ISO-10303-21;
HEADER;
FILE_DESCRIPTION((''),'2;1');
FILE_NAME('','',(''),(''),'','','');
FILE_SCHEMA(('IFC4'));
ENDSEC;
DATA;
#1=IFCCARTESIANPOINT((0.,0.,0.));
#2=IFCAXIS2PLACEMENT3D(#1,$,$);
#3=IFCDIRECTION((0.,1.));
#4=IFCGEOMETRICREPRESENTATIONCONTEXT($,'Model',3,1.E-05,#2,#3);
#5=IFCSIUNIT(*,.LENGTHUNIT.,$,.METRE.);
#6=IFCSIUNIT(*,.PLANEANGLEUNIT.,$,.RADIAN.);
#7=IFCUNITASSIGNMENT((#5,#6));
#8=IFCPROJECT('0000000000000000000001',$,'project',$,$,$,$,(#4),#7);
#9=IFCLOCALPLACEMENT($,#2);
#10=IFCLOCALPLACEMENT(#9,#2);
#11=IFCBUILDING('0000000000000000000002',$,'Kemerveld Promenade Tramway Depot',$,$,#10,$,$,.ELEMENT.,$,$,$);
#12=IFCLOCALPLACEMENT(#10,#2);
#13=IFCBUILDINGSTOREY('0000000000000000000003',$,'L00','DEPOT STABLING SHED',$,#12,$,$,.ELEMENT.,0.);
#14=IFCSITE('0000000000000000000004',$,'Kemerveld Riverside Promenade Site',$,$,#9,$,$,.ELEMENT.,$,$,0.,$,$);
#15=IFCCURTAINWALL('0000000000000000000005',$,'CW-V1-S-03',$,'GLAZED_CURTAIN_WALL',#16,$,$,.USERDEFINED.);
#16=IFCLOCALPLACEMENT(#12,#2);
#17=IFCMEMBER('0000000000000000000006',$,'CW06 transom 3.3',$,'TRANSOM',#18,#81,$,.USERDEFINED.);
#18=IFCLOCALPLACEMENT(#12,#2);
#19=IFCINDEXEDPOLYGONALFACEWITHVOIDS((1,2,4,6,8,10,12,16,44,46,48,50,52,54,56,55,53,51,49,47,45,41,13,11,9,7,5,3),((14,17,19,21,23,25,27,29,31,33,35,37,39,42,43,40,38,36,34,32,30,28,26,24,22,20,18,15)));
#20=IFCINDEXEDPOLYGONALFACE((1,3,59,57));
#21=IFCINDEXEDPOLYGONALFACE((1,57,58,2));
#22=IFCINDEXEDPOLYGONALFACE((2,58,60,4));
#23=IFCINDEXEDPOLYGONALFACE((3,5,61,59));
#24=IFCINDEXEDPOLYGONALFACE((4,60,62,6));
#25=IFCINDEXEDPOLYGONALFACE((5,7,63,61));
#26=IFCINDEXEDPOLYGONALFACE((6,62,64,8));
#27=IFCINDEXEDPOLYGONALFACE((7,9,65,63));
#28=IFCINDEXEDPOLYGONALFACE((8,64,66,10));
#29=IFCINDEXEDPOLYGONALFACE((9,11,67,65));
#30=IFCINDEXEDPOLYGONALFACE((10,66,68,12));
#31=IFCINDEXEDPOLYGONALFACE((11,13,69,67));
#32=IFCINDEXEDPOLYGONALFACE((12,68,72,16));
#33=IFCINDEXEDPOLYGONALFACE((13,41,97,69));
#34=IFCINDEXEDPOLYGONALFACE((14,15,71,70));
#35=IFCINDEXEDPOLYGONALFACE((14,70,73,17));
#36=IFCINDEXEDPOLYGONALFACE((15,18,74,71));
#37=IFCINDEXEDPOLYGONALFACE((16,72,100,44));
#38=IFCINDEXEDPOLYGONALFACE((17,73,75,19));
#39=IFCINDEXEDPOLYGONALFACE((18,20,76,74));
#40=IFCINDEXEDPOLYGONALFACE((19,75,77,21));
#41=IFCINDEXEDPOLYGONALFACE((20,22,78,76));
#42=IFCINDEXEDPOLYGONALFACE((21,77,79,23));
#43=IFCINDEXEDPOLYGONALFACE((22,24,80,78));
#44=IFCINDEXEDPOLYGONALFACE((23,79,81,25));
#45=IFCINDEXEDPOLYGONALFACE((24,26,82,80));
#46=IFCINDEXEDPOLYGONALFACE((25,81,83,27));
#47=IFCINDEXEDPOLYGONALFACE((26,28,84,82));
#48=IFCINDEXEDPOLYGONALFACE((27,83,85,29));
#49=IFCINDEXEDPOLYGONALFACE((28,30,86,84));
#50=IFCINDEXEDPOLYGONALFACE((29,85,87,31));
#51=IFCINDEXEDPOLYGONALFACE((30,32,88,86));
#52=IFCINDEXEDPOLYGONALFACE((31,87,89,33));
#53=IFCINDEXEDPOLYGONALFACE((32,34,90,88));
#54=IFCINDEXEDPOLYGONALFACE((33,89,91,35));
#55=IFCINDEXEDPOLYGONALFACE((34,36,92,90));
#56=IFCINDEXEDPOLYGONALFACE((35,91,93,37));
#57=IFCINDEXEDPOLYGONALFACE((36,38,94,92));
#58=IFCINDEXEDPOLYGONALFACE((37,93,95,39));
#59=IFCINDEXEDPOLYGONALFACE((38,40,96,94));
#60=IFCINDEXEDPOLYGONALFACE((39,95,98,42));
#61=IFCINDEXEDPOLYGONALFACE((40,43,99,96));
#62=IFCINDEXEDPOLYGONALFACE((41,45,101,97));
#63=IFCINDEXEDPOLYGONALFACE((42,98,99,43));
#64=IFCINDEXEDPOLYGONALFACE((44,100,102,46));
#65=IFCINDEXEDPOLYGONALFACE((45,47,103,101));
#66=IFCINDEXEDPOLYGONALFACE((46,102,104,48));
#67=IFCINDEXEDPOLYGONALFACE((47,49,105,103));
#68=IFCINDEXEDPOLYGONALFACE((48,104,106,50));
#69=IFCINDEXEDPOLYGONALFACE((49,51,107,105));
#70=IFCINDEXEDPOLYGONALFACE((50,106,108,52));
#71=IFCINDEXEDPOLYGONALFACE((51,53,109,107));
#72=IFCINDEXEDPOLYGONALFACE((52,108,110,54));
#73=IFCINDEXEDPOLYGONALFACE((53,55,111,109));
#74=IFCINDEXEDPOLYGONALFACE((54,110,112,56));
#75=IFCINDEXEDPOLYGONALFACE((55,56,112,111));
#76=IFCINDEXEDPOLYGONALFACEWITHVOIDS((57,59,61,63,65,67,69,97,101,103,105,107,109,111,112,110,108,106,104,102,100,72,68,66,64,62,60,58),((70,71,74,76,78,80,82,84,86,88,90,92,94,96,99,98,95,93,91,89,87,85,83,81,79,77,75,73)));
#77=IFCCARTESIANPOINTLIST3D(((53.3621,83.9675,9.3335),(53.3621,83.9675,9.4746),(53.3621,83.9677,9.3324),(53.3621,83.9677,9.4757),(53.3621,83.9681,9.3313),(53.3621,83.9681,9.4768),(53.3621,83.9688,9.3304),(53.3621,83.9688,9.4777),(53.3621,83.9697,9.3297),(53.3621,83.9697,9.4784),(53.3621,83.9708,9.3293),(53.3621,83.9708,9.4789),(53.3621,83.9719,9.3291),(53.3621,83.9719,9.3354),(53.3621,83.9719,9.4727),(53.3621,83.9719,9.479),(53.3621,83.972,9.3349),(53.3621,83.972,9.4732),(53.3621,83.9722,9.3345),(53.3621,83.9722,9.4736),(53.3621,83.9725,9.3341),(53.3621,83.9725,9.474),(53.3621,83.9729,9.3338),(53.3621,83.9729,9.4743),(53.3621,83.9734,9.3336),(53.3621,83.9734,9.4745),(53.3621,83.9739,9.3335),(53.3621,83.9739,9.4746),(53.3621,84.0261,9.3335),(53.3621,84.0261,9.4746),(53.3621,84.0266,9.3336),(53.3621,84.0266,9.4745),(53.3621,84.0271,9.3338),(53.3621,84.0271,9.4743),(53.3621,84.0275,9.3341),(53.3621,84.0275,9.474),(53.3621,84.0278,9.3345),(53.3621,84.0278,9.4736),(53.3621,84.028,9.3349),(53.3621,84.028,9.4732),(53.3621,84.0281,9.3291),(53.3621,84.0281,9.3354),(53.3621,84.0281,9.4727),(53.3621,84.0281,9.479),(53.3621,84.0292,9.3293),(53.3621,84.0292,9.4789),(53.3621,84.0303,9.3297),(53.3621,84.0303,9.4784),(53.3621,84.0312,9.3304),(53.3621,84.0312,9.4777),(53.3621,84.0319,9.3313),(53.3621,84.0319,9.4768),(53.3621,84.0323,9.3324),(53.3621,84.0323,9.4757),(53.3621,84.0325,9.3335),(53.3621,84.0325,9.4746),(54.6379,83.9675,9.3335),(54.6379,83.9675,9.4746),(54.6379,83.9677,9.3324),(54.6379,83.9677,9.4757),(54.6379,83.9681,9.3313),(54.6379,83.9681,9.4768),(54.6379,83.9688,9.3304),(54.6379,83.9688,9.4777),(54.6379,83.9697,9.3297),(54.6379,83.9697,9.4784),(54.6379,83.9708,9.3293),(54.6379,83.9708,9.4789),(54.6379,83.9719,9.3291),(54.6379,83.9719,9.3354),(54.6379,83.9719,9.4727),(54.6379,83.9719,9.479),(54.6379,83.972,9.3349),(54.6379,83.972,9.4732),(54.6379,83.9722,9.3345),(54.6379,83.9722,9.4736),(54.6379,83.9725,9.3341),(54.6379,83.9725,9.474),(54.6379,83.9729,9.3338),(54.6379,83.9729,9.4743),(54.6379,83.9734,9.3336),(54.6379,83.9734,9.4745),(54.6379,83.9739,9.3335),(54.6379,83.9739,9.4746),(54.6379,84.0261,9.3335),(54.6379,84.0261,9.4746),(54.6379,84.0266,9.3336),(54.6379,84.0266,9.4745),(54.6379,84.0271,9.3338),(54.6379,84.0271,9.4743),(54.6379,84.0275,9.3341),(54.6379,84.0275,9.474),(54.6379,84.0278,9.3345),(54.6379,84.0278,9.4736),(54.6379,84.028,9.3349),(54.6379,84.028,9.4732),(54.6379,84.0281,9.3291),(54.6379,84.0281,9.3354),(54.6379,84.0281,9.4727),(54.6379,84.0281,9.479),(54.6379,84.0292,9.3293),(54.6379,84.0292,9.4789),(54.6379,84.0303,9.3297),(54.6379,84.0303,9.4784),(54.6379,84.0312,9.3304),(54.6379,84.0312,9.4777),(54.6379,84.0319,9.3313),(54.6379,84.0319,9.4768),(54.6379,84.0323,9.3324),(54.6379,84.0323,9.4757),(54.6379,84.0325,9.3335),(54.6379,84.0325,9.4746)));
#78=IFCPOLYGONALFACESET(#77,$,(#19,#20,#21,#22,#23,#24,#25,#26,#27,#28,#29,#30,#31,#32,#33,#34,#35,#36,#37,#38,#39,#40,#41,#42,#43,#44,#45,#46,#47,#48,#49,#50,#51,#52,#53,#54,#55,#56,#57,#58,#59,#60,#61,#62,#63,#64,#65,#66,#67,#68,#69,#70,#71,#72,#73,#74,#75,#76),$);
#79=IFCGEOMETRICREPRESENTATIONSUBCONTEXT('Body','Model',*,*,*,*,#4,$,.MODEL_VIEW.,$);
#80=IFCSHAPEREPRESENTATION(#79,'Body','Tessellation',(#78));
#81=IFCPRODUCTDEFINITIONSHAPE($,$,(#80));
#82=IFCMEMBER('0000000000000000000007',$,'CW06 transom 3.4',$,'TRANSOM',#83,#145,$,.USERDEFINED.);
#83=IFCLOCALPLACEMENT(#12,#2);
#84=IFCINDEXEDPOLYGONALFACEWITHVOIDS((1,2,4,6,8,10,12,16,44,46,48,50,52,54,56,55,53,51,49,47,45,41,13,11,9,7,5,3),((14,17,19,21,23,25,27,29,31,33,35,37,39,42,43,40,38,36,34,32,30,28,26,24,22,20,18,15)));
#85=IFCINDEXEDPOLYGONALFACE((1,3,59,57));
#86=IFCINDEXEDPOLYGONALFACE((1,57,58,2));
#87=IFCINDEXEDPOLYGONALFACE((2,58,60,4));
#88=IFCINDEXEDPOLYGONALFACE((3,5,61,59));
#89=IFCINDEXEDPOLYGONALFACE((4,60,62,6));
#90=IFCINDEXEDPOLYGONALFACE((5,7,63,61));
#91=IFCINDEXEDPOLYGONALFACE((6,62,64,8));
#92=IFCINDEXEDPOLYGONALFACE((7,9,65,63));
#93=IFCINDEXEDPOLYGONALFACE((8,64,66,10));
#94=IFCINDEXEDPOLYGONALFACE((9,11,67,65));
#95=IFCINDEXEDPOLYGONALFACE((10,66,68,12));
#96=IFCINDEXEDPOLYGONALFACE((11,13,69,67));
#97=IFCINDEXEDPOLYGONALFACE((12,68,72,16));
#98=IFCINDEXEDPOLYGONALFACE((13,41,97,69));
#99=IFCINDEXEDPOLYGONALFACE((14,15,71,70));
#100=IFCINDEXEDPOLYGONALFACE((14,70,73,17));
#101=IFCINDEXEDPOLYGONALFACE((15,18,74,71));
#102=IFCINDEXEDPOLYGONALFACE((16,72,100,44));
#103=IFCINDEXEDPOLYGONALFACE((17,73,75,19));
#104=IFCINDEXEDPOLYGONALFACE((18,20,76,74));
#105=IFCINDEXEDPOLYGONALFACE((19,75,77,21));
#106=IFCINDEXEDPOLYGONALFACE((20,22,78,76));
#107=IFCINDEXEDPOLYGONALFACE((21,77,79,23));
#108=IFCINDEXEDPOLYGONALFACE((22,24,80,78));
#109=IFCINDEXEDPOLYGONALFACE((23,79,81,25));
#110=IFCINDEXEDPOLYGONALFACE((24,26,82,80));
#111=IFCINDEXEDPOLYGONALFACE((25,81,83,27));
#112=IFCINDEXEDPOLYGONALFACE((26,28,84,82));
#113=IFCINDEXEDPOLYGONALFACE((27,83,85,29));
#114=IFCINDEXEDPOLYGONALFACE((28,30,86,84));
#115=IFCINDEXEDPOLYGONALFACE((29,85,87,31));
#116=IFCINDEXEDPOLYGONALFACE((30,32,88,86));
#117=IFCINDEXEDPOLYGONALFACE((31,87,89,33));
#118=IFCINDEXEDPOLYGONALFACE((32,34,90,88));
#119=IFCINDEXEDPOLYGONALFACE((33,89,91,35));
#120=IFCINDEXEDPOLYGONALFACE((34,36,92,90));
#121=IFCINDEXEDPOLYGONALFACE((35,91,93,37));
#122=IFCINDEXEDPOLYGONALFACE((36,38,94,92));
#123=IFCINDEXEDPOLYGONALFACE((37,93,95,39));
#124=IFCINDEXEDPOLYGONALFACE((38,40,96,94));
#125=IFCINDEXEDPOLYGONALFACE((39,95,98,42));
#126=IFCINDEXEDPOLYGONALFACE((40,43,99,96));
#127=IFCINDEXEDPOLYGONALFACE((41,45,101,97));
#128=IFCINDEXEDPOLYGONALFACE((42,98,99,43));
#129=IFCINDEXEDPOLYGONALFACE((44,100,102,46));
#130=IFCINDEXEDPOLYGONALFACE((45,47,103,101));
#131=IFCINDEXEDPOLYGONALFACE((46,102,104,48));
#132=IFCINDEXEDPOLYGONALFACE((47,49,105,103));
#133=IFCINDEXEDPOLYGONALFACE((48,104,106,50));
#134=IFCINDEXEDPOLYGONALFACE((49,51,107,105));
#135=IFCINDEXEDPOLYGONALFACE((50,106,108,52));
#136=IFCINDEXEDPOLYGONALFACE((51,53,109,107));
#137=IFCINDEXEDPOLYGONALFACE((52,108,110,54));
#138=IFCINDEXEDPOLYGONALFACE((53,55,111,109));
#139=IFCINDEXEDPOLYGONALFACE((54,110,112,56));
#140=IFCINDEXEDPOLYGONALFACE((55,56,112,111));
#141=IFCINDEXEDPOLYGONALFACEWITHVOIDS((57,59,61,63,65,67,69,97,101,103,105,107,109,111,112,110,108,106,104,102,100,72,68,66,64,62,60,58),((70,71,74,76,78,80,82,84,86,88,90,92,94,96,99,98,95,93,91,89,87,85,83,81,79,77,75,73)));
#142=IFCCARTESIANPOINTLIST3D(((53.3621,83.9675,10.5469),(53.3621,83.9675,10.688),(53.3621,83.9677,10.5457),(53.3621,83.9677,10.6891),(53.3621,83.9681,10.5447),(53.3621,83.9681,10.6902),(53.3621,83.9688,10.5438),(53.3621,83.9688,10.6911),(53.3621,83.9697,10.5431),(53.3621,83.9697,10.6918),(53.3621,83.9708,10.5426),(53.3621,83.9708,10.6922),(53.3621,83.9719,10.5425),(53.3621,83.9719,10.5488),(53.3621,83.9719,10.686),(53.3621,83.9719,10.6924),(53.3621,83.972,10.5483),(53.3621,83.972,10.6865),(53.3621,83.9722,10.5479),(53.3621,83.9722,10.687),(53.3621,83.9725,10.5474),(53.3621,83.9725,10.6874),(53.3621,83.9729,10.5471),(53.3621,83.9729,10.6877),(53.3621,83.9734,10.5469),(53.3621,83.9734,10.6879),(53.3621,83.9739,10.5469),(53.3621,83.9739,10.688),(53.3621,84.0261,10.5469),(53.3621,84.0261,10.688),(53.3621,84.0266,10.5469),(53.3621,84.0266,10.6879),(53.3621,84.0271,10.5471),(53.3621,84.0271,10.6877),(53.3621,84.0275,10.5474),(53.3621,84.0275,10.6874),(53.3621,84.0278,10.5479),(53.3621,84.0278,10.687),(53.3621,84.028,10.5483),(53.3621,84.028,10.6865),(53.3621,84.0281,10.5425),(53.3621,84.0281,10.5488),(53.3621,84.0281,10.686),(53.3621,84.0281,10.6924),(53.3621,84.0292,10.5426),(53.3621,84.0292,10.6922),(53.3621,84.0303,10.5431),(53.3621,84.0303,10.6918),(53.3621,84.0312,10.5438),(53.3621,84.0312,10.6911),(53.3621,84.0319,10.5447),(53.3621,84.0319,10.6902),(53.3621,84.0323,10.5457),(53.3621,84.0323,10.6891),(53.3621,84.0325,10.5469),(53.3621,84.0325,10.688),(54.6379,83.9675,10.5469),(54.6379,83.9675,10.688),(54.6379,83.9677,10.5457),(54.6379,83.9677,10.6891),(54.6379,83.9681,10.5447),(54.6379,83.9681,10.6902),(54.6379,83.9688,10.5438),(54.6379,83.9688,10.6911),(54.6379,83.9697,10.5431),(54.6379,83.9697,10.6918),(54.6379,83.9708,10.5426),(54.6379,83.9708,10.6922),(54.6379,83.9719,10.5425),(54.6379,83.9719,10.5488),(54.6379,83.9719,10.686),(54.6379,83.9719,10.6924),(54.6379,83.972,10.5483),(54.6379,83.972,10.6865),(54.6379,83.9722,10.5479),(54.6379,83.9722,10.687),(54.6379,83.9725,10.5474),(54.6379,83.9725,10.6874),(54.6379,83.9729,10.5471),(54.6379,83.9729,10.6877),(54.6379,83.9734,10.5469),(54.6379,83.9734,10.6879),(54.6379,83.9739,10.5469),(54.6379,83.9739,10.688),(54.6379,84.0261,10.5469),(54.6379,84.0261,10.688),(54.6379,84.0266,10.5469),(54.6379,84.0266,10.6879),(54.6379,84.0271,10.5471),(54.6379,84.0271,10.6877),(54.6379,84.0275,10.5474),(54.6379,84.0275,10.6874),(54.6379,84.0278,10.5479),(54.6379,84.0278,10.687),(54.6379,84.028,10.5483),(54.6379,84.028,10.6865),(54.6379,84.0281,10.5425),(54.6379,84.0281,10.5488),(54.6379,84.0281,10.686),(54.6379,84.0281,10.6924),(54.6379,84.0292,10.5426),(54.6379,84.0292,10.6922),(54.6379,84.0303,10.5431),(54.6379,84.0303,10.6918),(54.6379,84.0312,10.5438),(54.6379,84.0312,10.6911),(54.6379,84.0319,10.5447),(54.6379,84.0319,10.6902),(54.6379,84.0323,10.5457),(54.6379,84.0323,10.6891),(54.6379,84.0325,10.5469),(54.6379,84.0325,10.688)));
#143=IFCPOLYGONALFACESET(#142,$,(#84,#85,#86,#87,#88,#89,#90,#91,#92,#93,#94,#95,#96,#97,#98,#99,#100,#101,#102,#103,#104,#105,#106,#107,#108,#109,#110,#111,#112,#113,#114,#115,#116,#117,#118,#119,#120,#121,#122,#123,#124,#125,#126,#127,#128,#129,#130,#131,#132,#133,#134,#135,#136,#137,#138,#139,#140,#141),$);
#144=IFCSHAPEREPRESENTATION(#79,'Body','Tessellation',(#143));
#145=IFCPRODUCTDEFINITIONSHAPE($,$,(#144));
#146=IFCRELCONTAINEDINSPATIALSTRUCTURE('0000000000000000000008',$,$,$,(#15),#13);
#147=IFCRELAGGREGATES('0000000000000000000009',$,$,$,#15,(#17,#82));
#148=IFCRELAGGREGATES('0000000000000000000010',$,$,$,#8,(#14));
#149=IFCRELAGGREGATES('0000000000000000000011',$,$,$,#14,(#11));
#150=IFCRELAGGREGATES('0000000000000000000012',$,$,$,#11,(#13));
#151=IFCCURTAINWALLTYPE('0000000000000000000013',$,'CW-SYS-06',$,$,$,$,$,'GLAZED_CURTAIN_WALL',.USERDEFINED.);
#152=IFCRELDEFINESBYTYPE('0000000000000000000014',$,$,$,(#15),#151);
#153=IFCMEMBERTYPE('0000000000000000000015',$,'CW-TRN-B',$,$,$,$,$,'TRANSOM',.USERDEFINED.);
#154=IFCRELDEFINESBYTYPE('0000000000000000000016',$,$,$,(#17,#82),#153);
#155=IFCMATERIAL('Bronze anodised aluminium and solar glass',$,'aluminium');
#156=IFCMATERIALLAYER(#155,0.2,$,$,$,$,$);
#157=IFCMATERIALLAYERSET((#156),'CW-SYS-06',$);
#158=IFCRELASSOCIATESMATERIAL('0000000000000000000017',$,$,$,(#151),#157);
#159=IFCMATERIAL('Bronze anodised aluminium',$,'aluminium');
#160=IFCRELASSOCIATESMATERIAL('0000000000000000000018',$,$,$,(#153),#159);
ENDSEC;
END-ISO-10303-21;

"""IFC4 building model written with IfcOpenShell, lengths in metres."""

from ifc_helpers import new_model, si_unit, direction, frame, origin, origin_2d, place, context, subcontext, project, spatial, hollow_rectangle, extrude, material, layer, layer_set, material_profile, profile_set, type_object, element, aggregate, save


model = new_model("IFC4")

# Units and contexts
model_context = context("Model", 3, precision=1e-05, world=origin(), true_north=direction((0.0, 1.0)))
body_context = subcontext(model_context, "Body", "Model", "MODEL_VIEW")
ifc_project = project(units=[si_unit("LENGTHUNIT", "METRE"), si_unit("PLANEANGLEUNIT", "RADIAN")], contexts=[model_context])

# Site, building, storey
site_placement = place(None, origin())
site = spatial("IfcSite", under=ifc_project, at=site_placement, Name="Kemerveld Riverside Promenade Site", CompositionType="ELEMENT", RefElevation=0.0)
building_placement = place(site_placement, origin())
building = spatial("IfcBuilding", under=site, at=building_placement, Name="Kemerveld Promenade Tramway Depot", CompositionType="ELEMENT")
storey_placement = place(building_placement, origin())
storey = spatial("IfcBuildingStorey", under=building, at=storey_placement, Name="L00", Description="DEPOT STABLING SHED", CompositionType="ELEMENT", Elevation=0.0)

# Curtain wall, members
ifc_material_1 = material(Name="Bronze anodised aluminium and solar glass", Category="aluminium")
ifc_material_2 = material(Name="Bronze anodised aluminium", Category="aluminium")
ifc_layer_1 = layer(ifc_material_1, 0.2)
ifc_layer_set_1 = layer_set([ifc_layer_1], Name="CW-SYS-06")
curtain_wall_type_1 = type_object("IfcCurtainWallType", Name="CW-SYS-06", ElementType="GLAZED_CURTAIN_WALL", PredefinedType="USERDEFINED", material=ifc_layer_set_1)
curtain_wall_1_placement = place(storey_placement, origin())
curtain_wall_1 = element("IfcCurtainWall", 1, at=curtain_wall_1_placement, inside=storey, type_object=curtain_wall_type_1, Name="CW-V1-S-03", ObjectType="GLAZED_CURTAIN_WALL", PredefinedType="USERDEFINED")
ifc_material_profile_1 = material_profile(ifc_material_2, hollow_rectangle(XDim=0.0649, YDim=0.1499, WallThickness=0.0044, InnerFilletRadius=0.002, OuterFilletRadius=0.0044, at=origin_2d()), Name="CW-TRN-150x65")
ifc_profile_set_1 = profile_set([ifc_material_profile_1], Name="Bronze anodised aluminium")
member_type_1 = type_object("IfcMemberType", Name="CW-TRN-B", ElementType="TRANSOM", PredefinedType="USERDEFINED", material=ifc_profile_set_1)
member_1_placement = place(storey_placement, frame((54.6379, 84.0, 9.4041), z_axis=(-1.0, 0.0, 0.0), x_axis=(0.0, -1.0, 0.0)))
member_1 = element("IfcMember", 2, at=member_1_placement, type_object=member_type_1, Name="CW06 transom 3.3", ObjectType="TRANSOM", PredefinedType="USERDEFINED", context=body_context, shape_type="SweptSolid", body=[
    extrude(hollow_rectangle(XDim=0.0649, YDim=0.1499, WallThickness=0.0044, InnerFilletRadius=0.002, OuterFilletRadius=0.0044, at=origin_2d()), origin(), (0.0, 0.0, 1.0), 1.2759),
])
member_2_placement = place(storey_placement, frame((54.6379, 84.0, 10.6174), z_axis=(-1.0, 0.0, 0.0), x_axis=(0.0, -1.0, 0.0)))
member_2 = element("IfcMember", 3, at=member_2_placement, type_object=member_type_1, Name="CW06 transom 3.4", ObjectType="TRANSOM", PredefinedType="USERDEFINED", context=body_context, shape_type="SweptSolid", body=[
    extrude(hollow_rectangle(XDim=0.0649, YDim=0.1499, WallThickness=0.0044, InnerFilletRadius=0.002, OuterFilletRadius=0.0044, at=origin_2d()), origin(), (0.0, 0.0, 1.0), 1.2759),
])

aggregate(curtain_wall_1, [member_1, member_2])

save(model, "model.ifc")
